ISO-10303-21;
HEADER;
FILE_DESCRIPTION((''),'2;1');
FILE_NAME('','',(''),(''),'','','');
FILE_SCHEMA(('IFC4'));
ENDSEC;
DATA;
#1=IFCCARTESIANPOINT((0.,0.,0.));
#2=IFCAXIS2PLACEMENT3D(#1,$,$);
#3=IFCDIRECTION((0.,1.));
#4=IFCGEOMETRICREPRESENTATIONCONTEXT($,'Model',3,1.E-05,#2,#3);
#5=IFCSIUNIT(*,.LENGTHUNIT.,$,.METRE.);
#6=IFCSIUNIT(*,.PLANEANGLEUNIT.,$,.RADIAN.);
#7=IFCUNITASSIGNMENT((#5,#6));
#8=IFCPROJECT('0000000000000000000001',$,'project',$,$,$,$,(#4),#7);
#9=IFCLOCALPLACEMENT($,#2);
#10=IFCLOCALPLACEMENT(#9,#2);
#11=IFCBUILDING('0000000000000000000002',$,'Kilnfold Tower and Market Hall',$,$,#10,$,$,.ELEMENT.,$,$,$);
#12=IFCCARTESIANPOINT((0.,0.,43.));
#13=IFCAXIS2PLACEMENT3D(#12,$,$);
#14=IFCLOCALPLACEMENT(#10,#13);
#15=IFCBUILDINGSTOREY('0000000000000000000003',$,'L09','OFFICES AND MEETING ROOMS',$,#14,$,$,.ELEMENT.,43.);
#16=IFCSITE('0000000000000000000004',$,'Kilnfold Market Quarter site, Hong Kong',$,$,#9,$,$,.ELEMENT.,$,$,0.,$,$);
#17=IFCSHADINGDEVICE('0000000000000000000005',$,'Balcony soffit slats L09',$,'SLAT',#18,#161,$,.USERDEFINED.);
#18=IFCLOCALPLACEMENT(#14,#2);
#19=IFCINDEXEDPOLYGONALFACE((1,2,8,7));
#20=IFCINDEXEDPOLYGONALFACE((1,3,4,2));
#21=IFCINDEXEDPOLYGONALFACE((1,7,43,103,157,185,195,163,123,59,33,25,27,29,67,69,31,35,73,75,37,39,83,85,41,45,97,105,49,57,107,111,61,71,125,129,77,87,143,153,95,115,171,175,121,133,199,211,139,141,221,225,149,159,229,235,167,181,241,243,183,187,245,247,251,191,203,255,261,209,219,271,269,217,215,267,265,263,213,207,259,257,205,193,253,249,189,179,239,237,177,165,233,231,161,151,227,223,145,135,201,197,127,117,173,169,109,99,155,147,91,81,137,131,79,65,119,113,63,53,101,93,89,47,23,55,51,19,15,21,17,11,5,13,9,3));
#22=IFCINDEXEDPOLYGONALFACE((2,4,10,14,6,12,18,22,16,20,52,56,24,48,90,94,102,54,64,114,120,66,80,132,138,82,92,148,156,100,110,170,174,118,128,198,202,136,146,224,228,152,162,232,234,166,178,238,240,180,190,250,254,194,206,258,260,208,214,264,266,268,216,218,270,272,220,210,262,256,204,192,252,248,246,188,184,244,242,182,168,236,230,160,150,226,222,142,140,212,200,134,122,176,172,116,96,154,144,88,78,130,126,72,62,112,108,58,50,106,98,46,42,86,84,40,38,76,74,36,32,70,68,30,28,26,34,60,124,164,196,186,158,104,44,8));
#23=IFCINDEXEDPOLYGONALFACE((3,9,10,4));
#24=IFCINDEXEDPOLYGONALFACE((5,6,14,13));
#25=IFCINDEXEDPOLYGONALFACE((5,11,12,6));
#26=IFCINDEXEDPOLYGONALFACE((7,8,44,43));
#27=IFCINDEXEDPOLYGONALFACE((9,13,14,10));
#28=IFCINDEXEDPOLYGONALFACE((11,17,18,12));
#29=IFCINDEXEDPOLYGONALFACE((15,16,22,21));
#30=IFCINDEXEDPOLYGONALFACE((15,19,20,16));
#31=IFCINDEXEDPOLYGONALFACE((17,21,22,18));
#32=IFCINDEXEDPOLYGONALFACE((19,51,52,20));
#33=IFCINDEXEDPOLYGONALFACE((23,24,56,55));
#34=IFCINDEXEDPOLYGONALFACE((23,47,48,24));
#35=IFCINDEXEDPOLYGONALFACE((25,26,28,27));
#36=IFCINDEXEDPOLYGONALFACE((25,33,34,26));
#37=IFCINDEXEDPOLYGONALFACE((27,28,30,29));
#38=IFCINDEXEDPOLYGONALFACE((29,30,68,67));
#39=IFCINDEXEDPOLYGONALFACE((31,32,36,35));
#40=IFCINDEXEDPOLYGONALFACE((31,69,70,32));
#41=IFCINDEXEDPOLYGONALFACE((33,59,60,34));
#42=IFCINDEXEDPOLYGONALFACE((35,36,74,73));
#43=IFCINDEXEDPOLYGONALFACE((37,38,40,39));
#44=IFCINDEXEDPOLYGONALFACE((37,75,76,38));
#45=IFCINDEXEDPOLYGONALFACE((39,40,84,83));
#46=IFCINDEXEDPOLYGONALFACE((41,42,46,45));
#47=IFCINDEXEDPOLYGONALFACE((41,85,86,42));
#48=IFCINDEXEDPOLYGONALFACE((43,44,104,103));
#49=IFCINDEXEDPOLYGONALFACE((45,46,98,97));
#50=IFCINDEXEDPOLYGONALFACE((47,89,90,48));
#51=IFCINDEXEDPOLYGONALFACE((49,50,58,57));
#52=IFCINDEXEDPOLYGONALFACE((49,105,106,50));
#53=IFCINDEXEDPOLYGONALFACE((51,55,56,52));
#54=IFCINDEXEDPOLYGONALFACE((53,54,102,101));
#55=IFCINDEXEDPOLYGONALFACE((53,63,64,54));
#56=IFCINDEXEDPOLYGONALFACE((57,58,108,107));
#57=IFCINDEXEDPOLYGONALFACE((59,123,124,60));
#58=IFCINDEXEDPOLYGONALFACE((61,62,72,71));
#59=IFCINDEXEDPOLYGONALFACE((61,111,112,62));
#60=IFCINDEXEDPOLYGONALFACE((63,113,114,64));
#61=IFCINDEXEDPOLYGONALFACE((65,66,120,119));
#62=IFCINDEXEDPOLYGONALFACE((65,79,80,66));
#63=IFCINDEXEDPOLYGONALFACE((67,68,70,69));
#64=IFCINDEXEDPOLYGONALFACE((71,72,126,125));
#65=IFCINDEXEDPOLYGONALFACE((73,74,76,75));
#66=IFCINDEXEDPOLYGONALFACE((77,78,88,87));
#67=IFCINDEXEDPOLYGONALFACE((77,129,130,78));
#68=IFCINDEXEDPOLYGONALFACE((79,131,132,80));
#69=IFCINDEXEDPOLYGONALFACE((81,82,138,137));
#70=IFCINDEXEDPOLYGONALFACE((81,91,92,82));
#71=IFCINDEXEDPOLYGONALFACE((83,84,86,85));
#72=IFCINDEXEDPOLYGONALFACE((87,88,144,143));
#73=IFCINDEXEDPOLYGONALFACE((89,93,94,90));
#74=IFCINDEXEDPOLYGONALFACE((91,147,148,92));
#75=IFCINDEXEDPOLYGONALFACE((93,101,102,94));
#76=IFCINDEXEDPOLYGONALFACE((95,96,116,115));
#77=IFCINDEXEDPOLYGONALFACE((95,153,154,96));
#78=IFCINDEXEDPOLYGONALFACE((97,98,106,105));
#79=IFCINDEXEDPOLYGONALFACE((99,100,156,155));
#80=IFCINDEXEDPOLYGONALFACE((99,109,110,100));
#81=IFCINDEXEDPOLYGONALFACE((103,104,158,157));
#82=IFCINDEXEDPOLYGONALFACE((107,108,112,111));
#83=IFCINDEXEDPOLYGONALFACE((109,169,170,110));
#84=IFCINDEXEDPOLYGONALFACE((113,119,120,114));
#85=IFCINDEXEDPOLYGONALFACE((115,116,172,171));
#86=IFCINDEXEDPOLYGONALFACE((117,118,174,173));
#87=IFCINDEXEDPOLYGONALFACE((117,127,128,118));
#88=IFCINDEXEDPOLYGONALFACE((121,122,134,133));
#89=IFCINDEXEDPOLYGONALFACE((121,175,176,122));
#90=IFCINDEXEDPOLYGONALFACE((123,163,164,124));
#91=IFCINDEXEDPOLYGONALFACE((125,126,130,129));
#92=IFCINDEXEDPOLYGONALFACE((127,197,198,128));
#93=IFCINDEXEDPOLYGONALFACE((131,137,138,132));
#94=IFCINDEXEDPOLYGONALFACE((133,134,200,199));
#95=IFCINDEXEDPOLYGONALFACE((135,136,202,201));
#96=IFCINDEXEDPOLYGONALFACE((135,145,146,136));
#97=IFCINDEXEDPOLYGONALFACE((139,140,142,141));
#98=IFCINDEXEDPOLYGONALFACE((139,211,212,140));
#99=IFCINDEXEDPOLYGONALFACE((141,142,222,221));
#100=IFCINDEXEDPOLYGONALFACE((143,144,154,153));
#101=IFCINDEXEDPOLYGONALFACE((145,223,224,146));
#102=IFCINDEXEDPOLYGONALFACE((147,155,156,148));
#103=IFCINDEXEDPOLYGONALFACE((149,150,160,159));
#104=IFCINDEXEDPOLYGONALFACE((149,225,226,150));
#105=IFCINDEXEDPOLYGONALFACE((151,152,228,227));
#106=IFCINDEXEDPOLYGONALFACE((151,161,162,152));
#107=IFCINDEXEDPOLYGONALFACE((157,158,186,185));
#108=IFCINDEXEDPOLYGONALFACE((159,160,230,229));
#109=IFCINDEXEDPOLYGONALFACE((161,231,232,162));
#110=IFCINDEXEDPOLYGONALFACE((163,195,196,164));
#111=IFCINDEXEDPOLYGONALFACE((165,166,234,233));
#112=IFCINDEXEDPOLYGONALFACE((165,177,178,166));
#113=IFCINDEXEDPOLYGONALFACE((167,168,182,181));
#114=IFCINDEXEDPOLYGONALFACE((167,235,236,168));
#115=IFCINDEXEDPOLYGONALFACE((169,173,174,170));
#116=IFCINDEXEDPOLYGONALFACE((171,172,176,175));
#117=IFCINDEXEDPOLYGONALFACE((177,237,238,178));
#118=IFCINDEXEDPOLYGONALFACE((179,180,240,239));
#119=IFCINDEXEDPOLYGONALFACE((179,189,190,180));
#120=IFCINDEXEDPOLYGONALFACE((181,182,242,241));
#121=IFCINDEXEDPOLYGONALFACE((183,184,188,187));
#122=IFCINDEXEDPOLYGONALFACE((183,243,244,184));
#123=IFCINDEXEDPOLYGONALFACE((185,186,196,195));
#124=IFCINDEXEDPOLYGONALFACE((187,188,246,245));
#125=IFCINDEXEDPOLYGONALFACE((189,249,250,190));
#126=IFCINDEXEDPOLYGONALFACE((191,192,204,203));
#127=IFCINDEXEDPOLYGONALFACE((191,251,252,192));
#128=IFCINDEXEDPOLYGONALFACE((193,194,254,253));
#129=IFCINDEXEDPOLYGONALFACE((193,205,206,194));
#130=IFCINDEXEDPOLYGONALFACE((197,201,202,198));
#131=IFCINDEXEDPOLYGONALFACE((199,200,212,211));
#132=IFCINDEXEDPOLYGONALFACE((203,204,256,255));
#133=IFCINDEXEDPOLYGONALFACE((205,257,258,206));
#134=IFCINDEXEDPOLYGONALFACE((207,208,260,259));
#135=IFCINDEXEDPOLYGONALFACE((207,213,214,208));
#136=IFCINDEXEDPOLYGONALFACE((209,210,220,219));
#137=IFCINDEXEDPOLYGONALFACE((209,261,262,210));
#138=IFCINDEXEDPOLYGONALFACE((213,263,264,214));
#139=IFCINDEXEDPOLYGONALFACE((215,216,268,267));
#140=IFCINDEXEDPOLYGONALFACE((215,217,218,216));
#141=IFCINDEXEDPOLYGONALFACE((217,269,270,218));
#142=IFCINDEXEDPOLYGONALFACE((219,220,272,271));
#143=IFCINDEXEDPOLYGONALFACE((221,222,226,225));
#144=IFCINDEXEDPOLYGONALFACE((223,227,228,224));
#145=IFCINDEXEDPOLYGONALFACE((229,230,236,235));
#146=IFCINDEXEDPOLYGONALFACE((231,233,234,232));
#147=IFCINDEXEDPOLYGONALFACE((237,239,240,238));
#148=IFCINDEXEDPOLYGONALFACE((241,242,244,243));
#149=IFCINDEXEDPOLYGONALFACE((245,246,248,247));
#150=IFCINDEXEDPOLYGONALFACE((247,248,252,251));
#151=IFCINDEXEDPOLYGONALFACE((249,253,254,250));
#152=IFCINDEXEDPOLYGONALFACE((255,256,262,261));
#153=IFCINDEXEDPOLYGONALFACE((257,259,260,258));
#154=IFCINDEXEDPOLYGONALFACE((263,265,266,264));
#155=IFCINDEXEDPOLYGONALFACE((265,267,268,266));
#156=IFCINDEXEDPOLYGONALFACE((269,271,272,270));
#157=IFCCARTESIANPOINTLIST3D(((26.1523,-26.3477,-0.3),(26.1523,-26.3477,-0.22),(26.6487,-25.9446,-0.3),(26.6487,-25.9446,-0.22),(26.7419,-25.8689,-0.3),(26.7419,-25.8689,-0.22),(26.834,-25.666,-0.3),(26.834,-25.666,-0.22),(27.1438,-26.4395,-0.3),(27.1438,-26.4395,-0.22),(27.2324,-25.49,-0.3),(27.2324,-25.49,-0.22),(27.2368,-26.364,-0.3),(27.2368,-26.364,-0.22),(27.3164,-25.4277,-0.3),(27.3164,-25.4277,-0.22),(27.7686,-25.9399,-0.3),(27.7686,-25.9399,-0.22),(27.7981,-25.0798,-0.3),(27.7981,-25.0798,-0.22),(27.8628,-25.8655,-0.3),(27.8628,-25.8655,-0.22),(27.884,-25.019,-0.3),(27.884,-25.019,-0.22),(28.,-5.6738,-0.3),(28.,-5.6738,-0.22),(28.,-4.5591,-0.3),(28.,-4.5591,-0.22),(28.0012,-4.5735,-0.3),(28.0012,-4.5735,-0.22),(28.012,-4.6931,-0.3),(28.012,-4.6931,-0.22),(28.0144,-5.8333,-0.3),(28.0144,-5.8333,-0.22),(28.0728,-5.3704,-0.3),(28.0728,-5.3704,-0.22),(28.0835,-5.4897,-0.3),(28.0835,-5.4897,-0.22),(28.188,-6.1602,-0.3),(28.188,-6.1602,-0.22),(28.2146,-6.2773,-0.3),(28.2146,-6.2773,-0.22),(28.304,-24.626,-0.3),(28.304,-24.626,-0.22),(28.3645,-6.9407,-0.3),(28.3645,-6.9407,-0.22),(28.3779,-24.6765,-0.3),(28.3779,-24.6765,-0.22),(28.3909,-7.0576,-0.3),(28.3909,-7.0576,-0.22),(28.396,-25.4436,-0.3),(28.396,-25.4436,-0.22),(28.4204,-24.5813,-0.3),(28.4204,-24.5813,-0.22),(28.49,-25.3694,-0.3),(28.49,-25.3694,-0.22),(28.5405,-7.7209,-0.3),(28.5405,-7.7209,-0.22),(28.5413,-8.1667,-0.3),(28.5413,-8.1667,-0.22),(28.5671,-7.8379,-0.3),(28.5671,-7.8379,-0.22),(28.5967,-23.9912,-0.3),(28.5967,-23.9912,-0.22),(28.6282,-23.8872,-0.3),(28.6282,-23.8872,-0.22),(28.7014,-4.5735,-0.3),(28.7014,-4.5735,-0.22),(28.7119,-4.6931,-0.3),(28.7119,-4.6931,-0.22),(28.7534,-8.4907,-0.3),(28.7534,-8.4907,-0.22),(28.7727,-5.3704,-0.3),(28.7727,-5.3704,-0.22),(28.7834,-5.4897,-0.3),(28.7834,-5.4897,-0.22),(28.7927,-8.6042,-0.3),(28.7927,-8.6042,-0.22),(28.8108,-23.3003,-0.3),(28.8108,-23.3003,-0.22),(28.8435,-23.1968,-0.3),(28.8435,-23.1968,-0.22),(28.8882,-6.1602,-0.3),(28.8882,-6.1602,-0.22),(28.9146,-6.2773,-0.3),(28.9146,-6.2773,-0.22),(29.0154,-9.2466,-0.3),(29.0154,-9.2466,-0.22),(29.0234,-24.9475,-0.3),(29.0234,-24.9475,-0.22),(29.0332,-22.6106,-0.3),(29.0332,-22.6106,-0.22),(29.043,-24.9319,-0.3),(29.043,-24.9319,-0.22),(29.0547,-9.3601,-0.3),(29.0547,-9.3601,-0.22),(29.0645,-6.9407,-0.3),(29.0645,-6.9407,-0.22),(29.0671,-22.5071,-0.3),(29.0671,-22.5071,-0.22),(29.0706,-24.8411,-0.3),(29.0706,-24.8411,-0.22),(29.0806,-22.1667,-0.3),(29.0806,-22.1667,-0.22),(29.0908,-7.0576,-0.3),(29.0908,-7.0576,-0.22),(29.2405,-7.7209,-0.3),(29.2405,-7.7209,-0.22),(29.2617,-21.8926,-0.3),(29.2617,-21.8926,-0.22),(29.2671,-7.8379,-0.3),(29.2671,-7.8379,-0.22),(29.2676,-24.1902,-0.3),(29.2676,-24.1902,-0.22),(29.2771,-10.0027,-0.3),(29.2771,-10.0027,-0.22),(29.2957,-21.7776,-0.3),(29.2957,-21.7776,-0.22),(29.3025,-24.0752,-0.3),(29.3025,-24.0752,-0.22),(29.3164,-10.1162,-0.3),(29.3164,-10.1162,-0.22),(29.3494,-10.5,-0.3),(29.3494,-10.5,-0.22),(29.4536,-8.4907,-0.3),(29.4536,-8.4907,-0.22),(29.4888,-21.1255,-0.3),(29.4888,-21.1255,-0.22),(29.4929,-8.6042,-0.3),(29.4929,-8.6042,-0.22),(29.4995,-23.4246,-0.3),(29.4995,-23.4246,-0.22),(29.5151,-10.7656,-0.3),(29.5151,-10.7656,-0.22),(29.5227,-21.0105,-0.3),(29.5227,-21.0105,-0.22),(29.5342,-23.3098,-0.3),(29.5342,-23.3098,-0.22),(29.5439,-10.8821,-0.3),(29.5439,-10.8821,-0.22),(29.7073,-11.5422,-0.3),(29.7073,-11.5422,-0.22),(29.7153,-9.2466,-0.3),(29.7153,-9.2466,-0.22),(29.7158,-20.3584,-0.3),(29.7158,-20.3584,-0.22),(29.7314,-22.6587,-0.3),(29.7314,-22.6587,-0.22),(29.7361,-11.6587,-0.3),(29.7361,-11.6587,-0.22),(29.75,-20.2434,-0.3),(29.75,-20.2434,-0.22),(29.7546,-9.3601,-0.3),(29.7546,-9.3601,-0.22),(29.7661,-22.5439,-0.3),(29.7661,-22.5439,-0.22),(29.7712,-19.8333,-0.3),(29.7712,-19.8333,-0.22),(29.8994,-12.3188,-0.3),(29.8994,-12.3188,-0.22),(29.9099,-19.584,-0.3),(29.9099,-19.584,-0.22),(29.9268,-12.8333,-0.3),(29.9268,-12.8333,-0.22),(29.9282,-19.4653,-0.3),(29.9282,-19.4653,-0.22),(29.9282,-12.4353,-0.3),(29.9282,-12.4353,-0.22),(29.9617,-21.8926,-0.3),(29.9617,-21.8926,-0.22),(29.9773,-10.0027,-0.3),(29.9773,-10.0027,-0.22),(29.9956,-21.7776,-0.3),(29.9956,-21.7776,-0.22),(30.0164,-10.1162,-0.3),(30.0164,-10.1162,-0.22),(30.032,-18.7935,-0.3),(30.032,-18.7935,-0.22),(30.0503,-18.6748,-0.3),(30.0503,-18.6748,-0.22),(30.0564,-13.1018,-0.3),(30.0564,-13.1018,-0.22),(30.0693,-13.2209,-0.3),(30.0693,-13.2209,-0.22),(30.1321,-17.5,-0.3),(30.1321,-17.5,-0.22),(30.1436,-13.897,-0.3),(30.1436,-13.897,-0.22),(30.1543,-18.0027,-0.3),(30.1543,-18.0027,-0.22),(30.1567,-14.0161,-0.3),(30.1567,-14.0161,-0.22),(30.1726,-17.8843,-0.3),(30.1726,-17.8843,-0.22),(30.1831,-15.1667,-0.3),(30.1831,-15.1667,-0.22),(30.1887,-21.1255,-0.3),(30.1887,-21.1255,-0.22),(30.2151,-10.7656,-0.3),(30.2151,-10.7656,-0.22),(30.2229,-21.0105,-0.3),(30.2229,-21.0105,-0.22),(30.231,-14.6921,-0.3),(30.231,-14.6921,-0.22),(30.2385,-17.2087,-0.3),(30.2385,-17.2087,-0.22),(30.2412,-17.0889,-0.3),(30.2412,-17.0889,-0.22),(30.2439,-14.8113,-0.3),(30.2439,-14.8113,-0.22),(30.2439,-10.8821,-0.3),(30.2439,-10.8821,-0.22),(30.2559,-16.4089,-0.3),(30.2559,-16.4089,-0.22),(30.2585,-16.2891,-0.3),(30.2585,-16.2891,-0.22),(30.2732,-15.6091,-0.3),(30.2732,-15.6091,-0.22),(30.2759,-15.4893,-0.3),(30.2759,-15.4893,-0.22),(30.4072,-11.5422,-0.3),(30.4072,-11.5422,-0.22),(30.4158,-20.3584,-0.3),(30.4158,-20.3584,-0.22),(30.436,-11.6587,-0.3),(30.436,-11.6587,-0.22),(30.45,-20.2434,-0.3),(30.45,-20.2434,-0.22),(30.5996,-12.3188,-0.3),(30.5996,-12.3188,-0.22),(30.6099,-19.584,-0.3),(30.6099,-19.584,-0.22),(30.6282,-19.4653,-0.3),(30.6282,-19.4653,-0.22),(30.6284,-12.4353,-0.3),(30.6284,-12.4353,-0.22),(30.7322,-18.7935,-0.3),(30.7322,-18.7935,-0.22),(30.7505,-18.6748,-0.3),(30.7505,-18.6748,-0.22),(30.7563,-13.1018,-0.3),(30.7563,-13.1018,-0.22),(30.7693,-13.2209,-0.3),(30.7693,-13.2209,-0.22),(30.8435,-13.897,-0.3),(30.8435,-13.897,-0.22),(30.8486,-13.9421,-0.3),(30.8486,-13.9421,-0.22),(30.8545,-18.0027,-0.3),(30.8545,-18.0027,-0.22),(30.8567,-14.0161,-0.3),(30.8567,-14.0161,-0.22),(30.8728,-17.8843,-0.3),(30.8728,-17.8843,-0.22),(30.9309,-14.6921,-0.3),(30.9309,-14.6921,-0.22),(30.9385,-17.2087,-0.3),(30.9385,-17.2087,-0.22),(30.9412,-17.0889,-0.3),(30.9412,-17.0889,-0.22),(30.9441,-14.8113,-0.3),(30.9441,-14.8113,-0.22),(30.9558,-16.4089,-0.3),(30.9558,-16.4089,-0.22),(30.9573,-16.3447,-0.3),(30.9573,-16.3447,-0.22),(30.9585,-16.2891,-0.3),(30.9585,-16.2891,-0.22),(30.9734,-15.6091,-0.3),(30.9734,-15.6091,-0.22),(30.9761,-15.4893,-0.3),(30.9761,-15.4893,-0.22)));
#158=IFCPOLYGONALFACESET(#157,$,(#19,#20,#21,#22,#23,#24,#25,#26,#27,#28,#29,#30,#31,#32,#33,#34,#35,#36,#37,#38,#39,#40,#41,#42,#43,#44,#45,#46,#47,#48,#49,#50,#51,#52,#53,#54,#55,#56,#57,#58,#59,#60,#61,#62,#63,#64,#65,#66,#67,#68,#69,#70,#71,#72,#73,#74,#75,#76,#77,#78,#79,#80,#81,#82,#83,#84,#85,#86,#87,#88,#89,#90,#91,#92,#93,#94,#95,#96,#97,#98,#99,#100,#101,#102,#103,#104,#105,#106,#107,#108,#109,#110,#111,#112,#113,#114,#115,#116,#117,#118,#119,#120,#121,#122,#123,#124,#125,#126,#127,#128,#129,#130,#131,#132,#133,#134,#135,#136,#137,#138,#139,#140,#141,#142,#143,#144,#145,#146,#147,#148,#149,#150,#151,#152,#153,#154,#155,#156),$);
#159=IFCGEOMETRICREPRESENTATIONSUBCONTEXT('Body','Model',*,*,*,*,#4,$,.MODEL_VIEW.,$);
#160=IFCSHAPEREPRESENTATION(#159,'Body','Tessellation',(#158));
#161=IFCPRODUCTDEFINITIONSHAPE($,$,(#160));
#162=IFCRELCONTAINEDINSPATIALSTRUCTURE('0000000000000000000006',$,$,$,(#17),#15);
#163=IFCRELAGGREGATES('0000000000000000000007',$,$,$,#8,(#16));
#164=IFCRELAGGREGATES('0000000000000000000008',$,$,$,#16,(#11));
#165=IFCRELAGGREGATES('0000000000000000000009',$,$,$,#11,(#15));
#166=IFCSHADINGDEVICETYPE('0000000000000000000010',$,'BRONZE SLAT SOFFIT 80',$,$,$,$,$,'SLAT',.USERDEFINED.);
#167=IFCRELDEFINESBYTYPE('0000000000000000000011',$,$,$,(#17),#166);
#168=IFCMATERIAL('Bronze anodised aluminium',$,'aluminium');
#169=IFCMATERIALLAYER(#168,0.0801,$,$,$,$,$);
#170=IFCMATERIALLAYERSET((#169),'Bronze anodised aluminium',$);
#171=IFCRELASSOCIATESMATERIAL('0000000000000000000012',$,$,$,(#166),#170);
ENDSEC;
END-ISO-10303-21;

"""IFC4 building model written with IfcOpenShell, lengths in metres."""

from ifc_helpers import new_model, si_unit, direction, frame, origin, place, context, subcontext, project, spatial, polyline, outline, extrude, source, transform, mapped, material, layer, layer_set, type_object, element, save


model = new_model("IFC4")

# Units and contexts
model_context = context("Model", 3, precision=1e-05, world=origin(), true_north=direction((0.0, 1.0)))
body_context = subcontext(model_context, "Body", "Model", "MODEL_VIEW")
ifc_project = project(units=[si_unit("LENGTHUNIT", "METRE"), si_unit("PLANEANGLEUNIT", "RADIAN")], contexts=[model_context])

# Site, building, storey
site_placement = place(None, origin())
site = spatial("IfcSite", under=ifc_project, at=site_placement, Name="Kilnfold Market Quarter site, Hong Kong", CompositionType="ELEMENT", RefElevation=0.0)
building_placement = place(site_placement, origin())
building = spatial("IfcBuilding", under=site, at=building_placement, Name="Kilnfold Tower and Market Hall", CompositionType="ELEMENT")
storey_placement = place(building_placement, frame((0.0, 0.0, 43.0)))
storey = spatial("IfcBuildingStorey", under=building, at=storey_placement, Name="L09", Description="OFFICES AND MEETING ROOMS", CompositionType="ELEMENT", Elevation=43.0)

# Shading device
ifc_material_1 = material(Name="Bronze anodised aluminium", Category="aluminium")
ifc_layer_1 = layer(ifc_material_1, 0.0801)
ifc_layer_set_1 = layer_set([ifc_layer_1], Name="Bronze anodised aluminium")
shading_device_type_1 = type_object("IfcShadingDeviceType", Name="BRONZE SLAT SOFFIT 80", ElementType="SLAT", PredefinedType="USERDEFINED", material=ifc_layer_set_1)
shared_shape_1 = source(origin(), body_context, "Body", "SweptSolid", [
    extrude(outline(polyline([(28.304, -24.626), (29.0806, -22.1667), (29.7712, -19.8333), (30.1321, -17.5), (30.1831, -15.1667), (29.9268, -12.8333), (29.3494, -10.5), (28.5413, -8.1667), (28.0144, -5.8333), (28.0, -5.6738), (28.0, -4.5591), (28.0012, -4.5735), (28.7014, -4.5735), (28.7119, -4.6931), (28.012, -4.6931), (28.0728, -5.3704), (28.7727, -5.3704), (28.7834, -5.4897), (28.0835, -5.4897), (28.188, -6.1602), (28.8882, -6.1602), (28.9146, -6.2773), (28.2146, -6.2773), (28.3645, -6.9407), (29.0645, -6.9407), (29.0908, -7.0576), (28.3909, -7.0576), (28.5405, -7.7209), (29.2405, -7.7209), (29.2671, -7.8379), (28.5671, -7.8379), (28.7534, -8.4907), (29.4536, -8.4907), (29.4929, -8.6042), (28.7927, -8.6042), (29.0154, -9.2466), (29.7153, -9.2466), (29.7546, -9.3601), (29.0547, -9.3601), (29.2771, -10.0027), (29.9773, -10.0027), (30.0164, -10.1162), (29.3164, -10.1162), (29.5151, -10.7656), (30.2151, -10.7656), (30.2439, -10.8821), (29.5439, -10.8821), (29.7073, -11.5422), (30.4072, -11.5422), (30.436, -11.6587), (29.7361, -11.6587), (29.8994, -12.3188), (30.5996, -12.3188), (30.6284, -12.4353), (29.9282, -12.4353), (30.0564, -13.1018), (30.7563, -13.1018), (30.7693, -13.2209), (30.0693, -13.2209), (30.1436, -13.897), (30.8435, -13.897), (30.8486, -13.9421), (30.8567, -14.0161), (30.1567, -14.0161), (30.231, -14.6921), (30.9309, -14.6921), (30.9441, -14.8113), (30.2439, -14.8113), (30.2759, -15.4893), (30.9761, -15.4893), (30.9734, -15.6091), (30.2732, -15.6091), (30.2585, -16.2891), (30.9585, -16.2891), (30.9573, -16.3447), (30.9558, -16.4089), (30.2559, -16.4089), (30.2412, -17.0889), (30.9412, -17.0889), (30.9385, -17.2087), (30.2385, -17.2087), (30.1726, -17.8843), (30.8728, -17.8843), (30.8545, -18.0027), (30.1543, -18.0027), (30.0503, -18.6748), (30.7505, -18.6748), (30.7322, -18.7935), (30.032, -18.7935), (29.9282, -19.4653), (30.6282, -19.4653), (30.6099, -19.584), (29.9099, -19.584), (29.75, -20.2434), (30.45, -20.2434), (30.4158, -20.3584), (29.7158, -20.3584), (29.5227, -21.0105), (30.2229, -21.0105), (30.1887, -21.1255), (29.4888, -21.1255), (29.2957, -21.7776), (29.9956, -21.7776), (29.9617, -21.8926), (29.2617, -21.8926), (29.0671, -22.5071), (29.7661, -22.5439), (29.7314, -22.6587), (29.0332, -22.6106), (28.8435, -23.1968), (29.5342, -23.3098), (29.4995, -23.4246), (28.8108, -23.3003), (28.6282, -23.8872), (29.3025, -24.0752), (29.2676, -24.1902), (28.5967, -23.9912), (28.4204, -24.5813), (29.0706, -24.8411), (29.043, -24.9319), (29.0234, -24.9475), (28.3779, -24.6765), (27.884, -25.019), (28.49, -25.3694), (28.396, -25.4436), (27.7981, -25.0798), (27.3164, -25.4277), (27.8628, -25.8655), (27.7686, -25.9399), (27.2324, -25.49), (26.7419, -25.8689), (27.2368, -26.364), (27.1438, -26.4395), (26.6487, -25.9446), (26.1523, -26.3477), (26.834, -25.666), (28.304, -24.626)])), origin(), (0.0, 0.0, 1.0), 0.0801),
])
shading_device_1_placement = place(storey_placement, frame((0.0, 0.0, -0.3)))
element("IfcShadingDevice", 1, at=shading_device_1_placement, inside=storey, type_object=shading_device_type_1, Name="Balcony soffit slats L09", ObjectType="SLAT", PredefinedType="USERDEFINED", context=body_context, shape_type="MappedRepresentation", body=[
    mapped(shared_shape_1, transform((0.0, 0.0, 0.0))),
])

save(model, "model.ifc")
